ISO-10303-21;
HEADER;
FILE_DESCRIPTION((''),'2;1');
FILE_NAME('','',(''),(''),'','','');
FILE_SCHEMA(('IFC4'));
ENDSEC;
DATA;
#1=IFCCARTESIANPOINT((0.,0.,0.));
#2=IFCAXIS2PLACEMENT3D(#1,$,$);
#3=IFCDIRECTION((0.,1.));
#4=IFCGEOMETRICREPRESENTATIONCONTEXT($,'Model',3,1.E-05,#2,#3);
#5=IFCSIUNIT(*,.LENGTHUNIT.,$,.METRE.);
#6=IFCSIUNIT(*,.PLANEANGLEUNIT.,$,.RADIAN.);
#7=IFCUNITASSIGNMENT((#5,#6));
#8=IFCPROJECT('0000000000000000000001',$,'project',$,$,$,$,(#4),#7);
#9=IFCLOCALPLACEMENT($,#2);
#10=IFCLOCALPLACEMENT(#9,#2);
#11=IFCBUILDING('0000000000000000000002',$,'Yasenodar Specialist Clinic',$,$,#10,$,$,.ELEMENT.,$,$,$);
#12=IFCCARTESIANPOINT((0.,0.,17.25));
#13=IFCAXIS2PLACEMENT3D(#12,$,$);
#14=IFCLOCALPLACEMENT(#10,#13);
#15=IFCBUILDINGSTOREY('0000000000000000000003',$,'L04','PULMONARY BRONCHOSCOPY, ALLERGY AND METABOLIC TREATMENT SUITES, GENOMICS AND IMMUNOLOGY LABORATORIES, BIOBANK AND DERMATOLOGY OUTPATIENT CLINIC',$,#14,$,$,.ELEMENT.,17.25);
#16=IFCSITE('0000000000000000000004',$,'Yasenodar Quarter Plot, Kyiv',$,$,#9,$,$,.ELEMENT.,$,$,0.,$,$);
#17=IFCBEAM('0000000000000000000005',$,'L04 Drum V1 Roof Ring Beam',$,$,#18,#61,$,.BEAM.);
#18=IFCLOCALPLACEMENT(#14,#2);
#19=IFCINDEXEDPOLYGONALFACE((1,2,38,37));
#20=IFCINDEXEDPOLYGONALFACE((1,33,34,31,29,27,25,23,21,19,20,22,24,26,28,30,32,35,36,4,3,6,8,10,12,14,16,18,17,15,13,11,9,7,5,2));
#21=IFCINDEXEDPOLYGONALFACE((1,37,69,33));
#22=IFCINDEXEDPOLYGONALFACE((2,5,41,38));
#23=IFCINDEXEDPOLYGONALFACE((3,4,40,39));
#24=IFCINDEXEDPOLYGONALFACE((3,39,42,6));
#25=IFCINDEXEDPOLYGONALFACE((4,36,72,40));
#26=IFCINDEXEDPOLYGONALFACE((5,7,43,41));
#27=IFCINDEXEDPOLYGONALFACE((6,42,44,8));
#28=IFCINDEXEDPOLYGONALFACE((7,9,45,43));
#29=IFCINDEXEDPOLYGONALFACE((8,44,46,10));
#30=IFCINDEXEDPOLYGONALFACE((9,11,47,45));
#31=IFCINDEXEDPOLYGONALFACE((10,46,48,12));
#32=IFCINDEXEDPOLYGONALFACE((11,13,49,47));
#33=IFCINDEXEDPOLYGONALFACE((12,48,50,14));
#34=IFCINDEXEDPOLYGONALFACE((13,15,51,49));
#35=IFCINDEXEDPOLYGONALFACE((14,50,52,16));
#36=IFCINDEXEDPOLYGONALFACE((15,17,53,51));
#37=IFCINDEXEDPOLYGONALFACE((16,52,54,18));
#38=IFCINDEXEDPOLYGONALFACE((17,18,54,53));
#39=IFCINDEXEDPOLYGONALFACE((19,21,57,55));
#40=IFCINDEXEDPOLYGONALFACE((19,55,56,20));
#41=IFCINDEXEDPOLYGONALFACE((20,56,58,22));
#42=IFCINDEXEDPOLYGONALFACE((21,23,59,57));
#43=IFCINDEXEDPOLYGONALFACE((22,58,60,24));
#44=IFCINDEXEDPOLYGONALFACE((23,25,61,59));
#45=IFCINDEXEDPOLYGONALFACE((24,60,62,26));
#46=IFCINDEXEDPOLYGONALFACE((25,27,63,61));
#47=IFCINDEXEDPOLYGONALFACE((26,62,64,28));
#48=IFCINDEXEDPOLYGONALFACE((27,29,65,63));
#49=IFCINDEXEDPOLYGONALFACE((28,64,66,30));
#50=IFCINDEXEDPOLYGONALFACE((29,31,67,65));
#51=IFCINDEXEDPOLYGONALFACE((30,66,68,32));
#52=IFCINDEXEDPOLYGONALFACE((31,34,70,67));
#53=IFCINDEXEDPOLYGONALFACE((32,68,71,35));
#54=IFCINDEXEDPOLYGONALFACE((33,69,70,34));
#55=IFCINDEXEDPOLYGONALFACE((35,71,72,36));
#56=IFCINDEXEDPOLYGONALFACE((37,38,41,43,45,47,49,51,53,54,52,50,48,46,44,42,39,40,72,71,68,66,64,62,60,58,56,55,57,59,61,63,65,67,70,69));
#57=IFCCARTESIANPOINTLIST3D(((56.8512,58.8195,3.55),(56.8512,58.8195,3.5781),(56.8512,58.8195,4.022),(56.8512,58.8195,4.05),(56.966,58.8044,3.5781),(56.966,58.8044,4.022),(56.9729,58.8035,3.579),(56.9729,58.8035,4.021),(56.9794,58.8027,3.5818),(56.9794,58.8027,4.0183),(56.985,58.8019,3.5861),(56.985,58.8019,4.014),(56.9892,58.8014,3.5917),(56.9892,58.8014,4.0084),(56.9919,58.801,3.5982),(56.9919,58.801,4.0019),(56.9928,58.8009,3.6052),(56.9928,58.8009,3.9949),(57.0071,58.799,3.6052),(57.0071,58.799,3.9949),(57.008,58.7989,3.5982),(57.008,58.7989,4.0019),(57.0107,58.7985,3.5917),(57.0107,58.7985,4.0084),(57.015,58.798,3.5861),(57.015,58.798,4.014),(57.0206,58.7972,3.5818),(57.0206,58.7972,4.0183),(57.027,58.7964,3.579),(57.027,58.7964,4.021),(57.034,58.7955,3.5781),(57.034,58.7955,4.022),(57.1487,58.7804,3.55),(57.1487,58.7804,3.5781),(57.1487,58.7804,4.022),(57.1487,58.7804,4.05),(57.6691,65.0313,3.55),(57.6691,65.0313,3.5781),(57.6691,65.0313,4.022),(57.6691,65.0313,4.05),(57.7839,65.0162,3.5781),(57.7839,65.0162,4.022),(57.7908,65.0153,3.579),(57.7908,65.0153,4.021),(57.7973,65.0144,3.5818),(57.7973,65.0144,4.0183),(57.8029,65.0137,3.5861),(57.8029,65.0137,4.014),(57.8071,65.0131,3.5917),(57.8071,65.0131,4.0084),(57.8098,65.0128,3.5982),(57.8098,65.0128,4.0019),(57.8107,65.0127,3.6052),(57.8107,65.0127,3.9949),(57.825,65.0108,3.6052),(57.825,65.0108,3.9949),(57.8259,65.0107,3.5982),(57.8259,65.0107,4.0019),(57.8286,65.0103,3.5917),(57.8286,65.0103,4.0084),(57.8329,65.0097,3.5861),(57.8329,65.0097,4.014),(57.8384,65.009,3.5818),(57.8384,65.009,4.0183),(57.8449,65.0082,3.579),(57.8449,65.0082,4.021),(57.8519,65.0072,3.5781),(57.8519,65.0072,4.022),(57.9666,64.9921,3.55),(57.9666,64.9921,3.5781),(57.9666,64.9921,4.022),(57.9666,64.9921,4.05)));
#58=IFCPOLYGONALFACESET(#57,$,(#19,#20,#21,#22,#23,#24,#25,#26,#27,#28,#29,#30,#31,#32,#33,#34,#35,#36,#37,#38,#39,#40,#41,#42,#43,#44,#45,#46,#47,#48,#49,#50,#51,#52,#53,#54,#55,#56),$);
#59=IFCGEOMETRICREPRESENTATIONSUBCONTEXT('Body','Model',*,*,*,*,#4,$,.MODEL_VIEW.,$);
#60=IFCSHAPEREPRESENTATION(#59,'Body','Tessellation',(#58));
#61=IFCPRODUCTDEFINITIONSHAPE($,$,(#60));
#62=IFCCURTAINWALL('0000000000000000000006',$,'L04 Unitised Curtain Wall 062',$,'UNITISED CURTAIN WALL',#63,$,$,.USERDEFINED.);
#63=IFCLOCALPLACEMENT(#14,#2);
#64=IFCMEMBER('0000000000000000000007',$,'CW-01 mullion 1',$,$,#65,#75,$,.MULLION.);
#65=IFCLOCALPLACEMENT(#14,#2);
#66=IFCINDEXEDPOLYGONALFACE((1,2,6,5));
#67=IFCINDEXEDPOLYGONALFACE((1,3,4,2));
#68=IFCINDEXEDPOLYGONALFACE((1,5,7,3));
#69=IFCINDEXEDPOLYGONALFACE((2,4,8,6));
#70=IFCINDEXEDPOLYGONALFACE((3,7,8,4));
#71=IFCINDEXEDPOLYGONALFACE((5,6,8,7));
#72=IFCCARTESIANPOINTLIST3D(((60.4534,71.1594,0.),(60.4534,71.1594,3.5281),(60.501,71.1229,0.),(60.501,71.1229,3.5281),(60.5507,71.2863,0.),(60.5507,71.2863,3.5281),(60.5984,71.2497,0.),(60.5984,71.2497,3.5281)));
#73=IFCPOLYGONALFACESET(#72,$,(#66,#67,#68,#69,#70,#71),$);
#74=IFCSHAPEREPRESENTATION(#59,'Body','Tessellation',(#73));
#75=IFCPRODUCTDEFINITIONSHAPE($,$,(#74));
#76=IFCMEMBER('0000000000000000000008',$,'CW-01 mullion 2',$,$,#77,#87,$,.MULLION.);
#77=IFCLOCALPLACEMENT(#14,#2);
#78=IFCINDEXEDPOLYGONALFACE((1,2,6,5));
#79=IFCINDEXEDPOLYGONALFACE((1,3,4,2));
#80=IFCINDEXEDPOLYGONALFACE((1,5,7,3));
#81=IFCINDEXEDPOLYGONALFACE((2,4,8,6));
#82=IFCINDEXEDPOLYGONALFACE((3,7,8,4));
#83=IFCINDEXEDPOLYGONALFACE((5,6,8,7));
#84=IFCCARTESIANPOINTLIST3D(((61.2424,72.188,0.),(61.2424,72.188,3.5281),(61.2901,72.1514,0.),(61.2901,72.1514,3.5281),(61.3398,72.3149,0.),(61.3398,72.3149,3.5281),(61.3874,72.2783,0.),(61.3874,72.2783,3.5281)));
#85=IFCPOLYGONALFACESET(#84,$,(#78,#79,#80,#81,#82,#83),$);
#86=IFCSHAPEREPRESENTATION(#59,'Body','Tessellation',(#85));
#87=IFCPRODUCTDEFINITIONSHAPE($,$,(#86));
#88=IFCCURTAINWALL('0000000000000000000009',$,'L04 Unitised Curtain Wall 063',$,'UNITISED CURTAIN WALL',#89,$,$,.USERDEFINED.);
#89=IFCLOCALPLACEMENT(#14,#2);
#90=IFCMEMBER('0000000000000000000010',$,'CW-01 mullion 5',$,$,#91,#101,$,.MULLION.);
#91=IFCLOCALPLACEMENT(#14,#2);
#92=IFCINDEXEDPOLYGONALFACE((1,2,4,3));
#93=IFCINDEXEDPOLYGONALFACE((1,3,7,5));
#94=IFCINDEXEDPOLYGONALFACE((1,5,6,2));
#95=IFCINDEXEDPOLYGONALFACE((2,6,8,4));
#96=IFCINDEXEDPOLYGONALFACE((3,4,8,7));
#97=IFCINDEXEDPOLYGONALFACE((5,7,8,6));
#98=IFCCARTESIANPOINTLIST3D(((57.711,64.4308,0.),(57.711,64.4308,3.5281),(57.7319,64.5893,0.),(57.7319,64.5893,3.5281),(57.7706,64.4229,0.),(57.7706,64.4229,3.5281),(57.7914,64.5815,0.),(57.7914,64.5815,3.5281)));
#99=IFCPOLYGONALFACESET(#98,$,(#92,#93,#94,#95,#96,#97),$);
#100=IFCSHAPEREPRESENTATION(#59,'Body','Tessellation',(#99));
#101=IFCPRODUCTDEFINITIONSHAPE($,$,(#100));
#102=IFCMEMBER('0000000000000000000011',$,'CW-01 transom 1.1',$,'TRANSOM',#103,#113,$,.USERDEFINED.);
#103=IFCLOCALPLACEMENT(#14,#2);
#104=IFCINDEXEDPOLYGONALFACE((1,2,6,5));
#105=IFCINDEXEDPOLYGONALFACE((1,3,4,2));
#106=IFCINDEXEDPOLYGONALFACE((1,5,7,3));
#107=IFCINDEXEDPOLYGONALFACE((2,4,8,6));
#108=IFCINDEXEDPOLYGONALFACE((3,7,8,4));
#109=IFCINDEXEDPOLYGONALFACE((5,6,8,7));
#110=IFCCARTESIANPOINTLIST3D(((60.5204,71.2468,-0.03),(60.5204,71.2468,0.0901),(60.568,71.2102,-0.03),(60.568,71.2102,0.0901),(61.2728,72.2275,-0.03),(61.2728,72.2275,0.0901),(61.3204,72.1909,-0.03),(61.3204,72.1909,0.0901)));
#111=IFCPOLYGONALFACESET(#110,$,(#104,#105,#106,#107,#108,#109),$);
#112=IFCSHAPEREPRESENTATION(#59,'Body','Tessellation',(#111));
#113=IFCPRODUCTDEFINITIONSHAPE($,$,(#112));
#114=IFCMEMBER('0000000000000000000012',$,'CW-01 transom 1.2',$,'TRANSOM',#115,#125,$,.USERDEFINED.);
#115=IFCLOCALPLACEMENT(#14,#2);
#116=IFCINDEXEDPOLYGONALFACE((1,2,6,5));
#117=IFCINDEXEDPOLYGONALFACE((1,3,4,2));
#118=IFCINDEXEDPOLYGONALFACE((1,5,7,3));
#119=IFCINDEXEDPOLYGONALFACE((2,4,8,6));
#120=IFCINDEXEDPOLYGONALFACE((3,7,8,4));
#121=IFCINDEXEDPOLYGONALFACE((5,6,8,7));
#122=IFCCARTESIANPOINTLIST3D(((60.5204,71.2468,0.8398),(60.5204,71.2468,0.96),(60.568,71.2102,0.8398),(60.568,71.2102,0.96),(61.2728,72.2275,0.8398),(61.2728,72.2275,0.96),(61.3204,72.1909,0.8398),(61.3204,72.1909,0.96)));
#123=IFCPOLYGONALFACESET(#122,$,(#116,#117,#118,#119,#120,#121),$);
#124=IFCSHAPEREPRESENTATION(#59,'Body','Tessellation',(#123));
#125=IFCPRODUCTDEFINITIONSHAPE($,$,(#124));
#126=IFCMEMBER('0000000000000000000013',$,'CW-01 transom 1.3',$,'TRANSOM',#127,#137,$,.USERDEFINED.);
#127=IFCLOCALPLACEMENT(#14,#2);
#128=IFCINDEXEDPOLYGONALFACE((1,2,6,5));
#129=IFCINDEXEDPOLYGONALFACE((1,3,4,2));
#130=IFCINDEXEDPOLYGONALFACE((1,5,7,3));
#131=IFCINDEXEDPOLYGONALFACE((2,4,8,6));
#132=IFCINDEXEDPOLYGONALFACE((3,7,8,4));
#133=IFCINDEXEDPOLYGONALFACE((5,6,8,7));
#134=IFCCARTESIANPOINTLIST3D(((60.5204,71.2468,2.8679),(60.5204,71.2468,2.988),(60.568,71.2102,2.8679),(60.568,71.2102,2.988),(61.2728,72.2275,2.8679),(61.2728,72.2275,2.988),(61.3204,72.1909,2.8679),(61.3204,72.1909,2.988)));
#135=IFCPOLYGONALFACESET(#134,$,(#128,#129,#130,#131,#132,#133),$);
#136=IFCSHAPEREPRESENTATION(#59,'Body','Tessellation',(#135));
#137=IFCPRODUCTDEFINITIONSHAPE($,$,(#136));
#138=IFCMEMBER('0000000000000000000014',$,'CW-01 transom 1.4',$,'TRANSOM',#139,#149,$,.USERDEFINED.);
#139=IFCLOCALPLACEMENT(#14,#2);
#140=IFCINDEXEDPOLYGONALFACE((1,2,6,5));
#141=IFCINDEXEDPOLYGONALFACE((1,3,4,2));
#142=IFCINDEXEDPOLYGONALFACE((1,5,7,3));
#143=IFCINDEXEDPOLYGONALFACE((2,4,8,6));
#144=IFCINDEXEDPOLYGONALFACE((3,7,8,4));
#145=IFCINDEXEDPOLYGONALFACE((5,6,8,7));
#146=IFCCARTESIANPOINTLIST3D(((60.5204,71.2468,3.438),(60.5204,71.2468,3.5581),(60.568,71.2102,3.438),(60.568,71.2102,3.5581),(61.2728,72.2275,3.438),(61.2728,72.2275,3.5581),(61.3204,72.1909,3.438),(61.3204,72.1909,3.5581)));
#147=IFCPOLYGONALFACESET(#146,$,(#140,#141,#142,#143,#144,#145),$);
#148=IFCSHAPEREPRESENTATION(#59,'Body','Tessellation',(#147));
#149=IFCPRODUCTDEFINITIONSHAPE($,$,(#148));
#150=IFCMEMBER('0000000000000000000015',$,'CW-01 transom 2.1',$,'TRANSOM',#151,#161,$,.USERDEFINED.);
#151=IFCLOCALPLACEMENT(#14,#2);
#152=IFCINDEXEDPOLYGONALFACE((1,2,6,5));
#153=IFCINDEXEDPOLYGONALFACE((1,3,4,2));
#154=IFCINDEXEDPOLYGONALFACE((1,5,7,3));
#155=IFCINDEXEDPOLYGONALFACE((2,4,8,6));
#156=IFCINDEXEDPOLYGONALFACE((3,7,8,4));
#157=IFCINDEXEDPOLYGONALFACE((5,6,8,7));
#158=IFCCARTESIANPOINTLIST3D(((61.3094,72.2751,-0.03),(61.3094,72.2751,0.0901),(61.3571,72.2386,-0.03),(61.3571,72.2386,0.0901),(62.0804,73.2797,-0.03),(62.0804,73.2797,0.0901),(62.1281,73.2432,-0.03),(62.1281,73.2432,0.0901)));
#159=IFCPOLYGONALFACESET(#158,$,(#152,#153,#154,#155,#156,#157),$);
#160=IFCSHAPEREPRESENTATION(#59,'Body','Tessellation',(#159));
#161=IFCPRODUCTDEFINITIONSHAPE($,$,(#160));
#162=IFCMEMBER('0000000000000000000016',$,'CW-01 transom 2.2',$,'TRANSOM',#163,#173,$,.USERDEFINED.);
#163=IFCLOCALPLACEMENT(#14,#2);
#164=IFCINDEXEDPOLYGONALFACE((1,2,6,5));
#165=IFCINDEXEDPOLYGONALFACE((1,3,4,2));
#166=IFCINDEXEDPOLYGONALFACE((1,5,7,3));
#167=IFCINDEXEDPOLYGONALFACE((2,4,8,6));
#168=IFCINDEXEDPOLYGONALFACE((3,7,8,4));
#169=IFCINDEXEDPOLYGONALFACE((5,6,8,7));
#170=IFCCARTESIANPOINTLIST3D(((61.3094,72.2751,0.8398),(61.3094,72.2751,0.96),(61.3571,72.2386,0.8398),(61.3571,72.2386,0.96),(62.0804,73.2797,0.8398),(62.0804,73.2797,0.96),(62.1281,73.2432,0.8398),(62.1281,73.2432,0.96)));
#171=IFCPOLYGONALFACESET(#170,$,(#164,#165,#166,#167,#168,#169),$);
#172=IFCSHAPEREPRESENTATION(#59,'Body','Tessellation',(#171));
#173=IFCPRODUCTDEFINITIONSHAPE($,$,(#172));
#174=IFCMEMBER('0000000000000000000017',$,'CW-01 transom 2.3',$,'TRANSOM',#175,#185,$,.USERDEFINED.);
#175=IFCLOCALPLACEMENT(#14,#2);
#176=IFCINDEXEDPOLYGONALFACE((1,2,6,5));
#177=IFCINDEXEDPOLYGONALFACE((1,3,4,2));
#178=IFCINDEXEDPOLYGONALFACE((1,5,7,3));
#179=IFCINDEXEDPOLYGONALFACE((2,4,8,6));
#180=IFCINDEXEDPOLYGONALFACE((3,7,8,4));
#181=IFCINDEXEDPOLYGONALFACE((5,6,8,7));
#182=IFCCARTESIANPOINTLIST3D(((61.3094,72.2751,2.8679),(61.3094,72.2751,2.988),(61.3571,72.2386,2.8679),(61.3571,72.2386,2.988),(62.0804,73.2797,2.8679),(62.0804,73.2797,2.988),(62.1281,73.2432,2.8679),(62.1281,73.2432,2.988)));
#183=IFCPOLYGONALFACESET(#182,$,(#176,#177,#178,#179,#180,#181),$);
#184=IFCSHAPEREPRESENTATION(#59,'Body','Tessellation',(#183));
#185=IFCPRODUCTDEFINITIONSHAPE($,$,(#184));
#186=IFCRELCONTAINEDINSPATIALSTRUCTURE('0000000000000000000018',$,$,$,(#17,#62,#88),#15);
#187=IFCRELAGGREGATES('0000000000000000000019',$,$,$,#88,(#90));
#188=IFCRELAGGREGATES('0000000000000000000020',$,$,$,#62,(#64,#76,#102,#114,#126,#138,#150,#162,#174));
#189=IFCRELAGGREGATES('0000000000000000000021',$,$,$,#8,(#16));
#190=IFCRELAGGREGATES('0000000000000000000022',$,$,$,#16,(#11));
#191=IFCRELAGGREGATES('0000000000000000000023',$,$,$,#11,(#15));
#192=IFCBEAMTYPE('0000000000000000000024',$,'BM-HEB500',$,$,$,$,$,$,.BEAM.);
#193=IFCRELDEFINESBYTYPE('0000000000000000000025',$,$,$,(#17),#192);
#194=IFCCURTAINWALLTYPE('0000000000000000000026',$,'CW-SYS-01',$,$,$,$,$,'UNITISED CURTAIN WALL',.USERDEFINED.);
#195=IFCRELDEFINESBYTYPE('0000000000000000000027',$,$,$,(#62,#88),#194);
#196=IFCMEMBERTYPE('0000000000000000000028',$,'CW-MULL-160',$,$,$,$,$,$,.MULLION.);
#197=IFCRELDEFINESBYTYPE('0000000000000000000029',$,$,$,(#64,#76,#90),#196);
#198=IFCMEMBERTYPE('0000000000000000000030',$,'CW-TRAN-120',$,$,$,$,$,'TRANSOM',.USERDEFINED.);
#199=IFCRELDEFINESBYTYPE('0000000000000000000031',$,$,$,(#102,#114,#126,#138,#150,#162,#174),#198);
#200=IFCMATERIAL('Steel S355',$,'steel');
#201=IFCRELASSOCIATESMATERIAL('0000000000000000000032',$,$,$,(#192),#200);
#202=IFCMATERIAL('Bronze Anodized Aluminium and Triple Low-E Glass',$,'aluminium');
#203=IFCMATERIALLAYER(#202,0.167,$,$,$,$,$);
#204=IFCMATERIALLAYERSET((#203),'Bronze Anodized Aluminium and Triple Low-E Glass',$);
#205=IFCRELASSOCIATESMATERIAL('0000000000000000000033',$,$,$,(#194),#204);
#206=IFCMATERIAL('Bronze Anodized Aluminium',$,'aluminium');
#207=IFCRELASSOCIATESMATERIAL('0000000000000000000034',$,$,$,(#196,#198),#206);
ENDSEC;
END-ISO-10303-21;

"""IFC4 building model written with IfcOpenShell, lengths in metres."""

from ifc_helpers import new_model, si_unit, direction, frame, origin, origin_2d, place, context, subcontext, project, spatial, rectangle, i_section, extrude, material, layer, layer_set, material_profile, profile_set, type_object, element, aggregate, save


model = new_model("IFC4")

# Units and contexts
model_context = context("Model", 3, precision=1e-05, world=origin(), true_north=direction((0.0, 1.0)))
body_context = subcontext(model_context, "Body", "Model", "MODEL_VIEW")
ifc_project = project(units=[si_unit("LENGTHUNIT", "METRE"), si_unit("PLANEANGLEUNIT", "RADIAN")], contexts=[model_context])

# Site, building, storey
site_placement = place(None, origin())
site = spatial("IfcSite", under=ifc_project, at=site_placement, Name="Yasenodar Quarter Plot, Kyiv", CompositionType="ELEMENT", RefElevation=0.0)
building_placement = place(site_placement, origin())
building = spatial("IfcBuilding", under=site, at=building_placement, Name="Yasenodar Specialist Clinic", CompositionType="ELEMENT")
storey_placement = place(building_placement, frame((0.0, 0.0, 17.25)))
storey = spatial("IfcBuildingStorey", under=building, at=storey_placement, Name="L04", Description="PULMONARY BRONCHOSCOPY, ALLERGY AND METABOLIC TREATMENT SUITES, GENOMICS AND IMMUNOLOGY LABORATORIES, BIOBANK AND DERMATOLOGY OUTPATIENT CLINIC", CompositionType="ELEMENT", Elevation=17.25)

# Shared definitions
ifc_material_1 = material(Name="Steel S355", Category="steel")

# Beam
ifc_material_profile_1 = material_profile(ifc_material_1, i_section(OverallWidth=0.3, OverallDepth=0.5, WebThickness=0.0144, FlangeThickness=0.0281, FilletRadius=0.0271, at=origin_2d()), Name="HEB 500")
ifc_profile_set_1 = profile_set([ifc_material_profile_1], Name="Steel S355")
beam_type = type_object("IfcBeamType", Name="BM-HEB500", PredefinedType="BEAM", material=ifc_profile_set_1)
beam_1_placement = place(storey_placement, frame((57.8179, 65.0117, 3.8), z_axis=(-0.13054, -0.991443, 0.0), x_axis=(0.991443, -0.13054, 0.0)))
element("IfcBeam", 1, at=beam_1_placement, inside=storey, type_object=beam_type, Name="L04 Drum V1 Roof Ring Beam", PredefinedType="BEAM", context=body_context, shape_type="SweptSolid", body=[
    extrude(i_section(OverallWidth=0.3, OverallDepth=0.5, WebThickness=0.0144, FlangeThickness=0.0281, FilletRadius=0.0271, at=origin_2d()), origin(), (0.0, 0.0, 1.0), 6.2654),
])

# Curtain wall, members
ifc_material_2 = material(Name="Bronze Anodized Aluminium and Triple Low-E Glass", Category="aluminium")
ifc_layer_1 = layer(ifc_material_2, 0.167)
ifc_layer_set_1 = layer_set([ifc_layer_1], Name="Bronze Anodized Aluminium and Triple Low-E Glass")
curtain_wall_type = type_object("IfcCurtainWallType", Name="CW-SYS-01", ElementType="UNITISED CURTAIN WALL", PredefinedType="USERDEFINED", material=ifc_layer_set_1)
curtain_wall_1_placement = place(storey_placement, origin())
curtain_wall_1 = element("IfcCurtainWall", 2, at=curtain_wall_1_placement, inside=storey, type_object=curtain_wall_type, Name="L04 Unitised Curtain Wall 062", ObjectType="UNITISED CURTAIN WALL", PredefinedType="USERDEFINED")
ifc_material_3 = material(Name="Bronze Anodized Aluminium", Category="aluminium")
ifc_material_profile_2 = material_profile(ifc_material_3, rectangle(XDim=0.0601, YDim=0.1599, at=origin_2d()), Name="CW-MULL 60x160")
ifc_profile_set_2 = profile_set([ifc_material_profile_2], Name="Bronze Anodized Aluminium")
member_type_1 = type_object("IfcMemberType", Name="CW-MULL-160", PredefinedType="MULLION", material=ifc_profile_set_2)
member_1_placement = place(storey_placement, frame((60.5259, 71.2046, 0.0), z_axis=(0.0, 0.0, 1.0), x_axis=(-0.793361, 0.608752, 0.0)))
member_1 = element("IfcMember", 3, at=member_1_placement, type_object=member_type_1, Name="CW-01 mullion 1", PredefinedType="MULLION", context=body_context, shape_type="SweptSolid", body=[
    extrude(rectangle(XDim=0.0601, YDim=0.1599, at=origin_2d()), origin(), (0.0, 0.0, 1.0), 3.5281),
])
member_2_placement = place(storey_placement, frame((61.3149, 72.2332, 0.0), z_axis=(0.0, 0.0, 1.0), x_axis=(-0.793361, 0.608752, 0.0)))
member_2 = element("IfcMember", 4, at=member_2_placement, type_object=member_type_1, Name="CW-01 mullion 2", PredefinedType="MULLION", context=body_context, shape_type="SweptSolid", body=[
    extrude(rectangle(XDim=0.0601, YDim=0.1599, at=origin_2d()), origin(), (0.0, 0.0, 1.0), 3.5281),
])

# Curtain wall, member
curtain_wall_2_placement = place(storey_placement, origin())
curtain_wall_2 = element("IfcCurtainWall", 5, at=curtain_wall_2_placement, inside=storey, type_object=curtain_wall_type, Name="L04 Unitised Curtain Wall 063", ObjectType="UNITISED CURTAIN WALL", PredefinedType="USERDEFINED")
member_3_placement = place(storey_placement, frame((57.7512, 64.5061, 0.0), z_axis=(0.0, 0.0, 1.0), x_axis=(-0.991447, 0.130512, 0.0)))
member_3 = element("IfcMember", 6, at=member_3_placement, type_object=member_type_1, Name="CW-01 mullion 5", PredefinedType="MULLION", context=body_context, shape_type="SweptSolid", body=[
    extrude(rectangle(XDim=0.0601, YDim=0.1599, at=origin_2d()), origin(), (0.0, 0.0, 1.0), 3.5281),
])
aggregate(curtain_wall_2, [member_3])

# Members
ifc_material_profile_3 = material_profile(ifc_material_3, rectangle(XDim=0.0601, YDim=0.1201, at=origin_2d()), Name="CW-TRAN 60x120")
ifc_profile_set_3 = profile_set([ifc_material_profile_3], Name="Bronze Anodized Aluminium")
member_type_2 = type_object("IfcMemberType", Name="CW-TRAN-120", ElementType="TRANSOM", PredefinedType="USERDEFINED", material=ifc_profile_set_3)
member_4_placement = place(storey_placement, frame((60.5442, 71.2285, 0.03), z_axis=(0.608718, 0.793387, 0.0), x_axis=(-0.793387, 0.608718, 0.0)))
member_4 = element("IfcMember", 7, at=member_4_placement, type_object=member_type_2, Name="CW-01 transom 1.1", ObjectType="TRANSOM", PredefinedType="USERDEFINED", context=body_context, shape_type="SweptSolid", body=[
    extrude(rectangle(XDim=0.0601, YDim=0.1201, at=origin_2d()), origin(), (0.0, 0.0, 1.0), 1.2361),
])
member_5_placement = place(storey_placement, frame((60.5442, 71.2285, 0.8999), z_axis=(0.608718, 0.793387, 0.0), x_axis=(-0.793387, 0.608718, 0.0)))
member_5 = element("IfcMember", 8, at=member_5_placement, type_object=member_type_2, Name="CW-01 transom 1.2", ObjectType="TRANSOM", PredefinedType="USERDEFINED", context=body_context, shape_type="SweptSolid", body=[
    extrude(rectangle(XDim=0.0601, YDim=0.1201, at=origin_2d()), origin(), (0.0, 0.0, 1.0), 1.2361),
])
member_6_placement = place(storey_placement, frame((60.5442, 71.2285, 2.928), z_axis=(0.608718, 0.793387, 0.0), x_axis=(-0.793387, 0.608718, 0.0)))
member_6 = element("IfcMember", 9, at=member_6_placement, type_object=member_type_2, Name="CW-01 transom 1.3", ObjectType="TRANSOM", PredefinedType="USERDEFINED", context=body_context, shape_type="SweptSolid", body=[
    extrude(rectangle(XDim=0.0601, YDim=0.1201, at=origin_2d()), origin(), (0.0, 0.0, 1.0), 1.2361),
])
member_7_placement = place(storey_placement, frame((60.5442, 71.2285, 3.498), z_axis=(0.608718, 0.793387, 0.0), x_axis=(-0.793387, 0.608718, 0.0)))
member_7 = element("IfcMember", 10, at=member_7_placement, type_object=member_type_2, Name="CW-01 transom 1.4", ObjectType="TRANSOM", PredefinedType="USERDEFINED", context=body_context, shape_type="SweptSolid", body=[
    extrude(rectangle(XDim=0.0601, YDim=0.1201, at=origin_2d()), origin(), (0.0, 0.0, 1.0), 1.2361),
])
member_8_placement = place(storey_placement, frame((61.3333, 72.2568, 0.03), z_axis=(0.608816, 0.793311, 0.0), x_axis=(-0.793311, 0.608816, 0.0)))
member_8 = element("IfcMember", 11, at=member_8_placement, type_object=member_type_2, Name="CW-01 transom 2.1", ObjectType="TRANSOM", PredefinedType="USERDEFINED", context=body_context, shape_type="SweptSolid", body=[
    extrude(rectangle(XDim=0.0601, YDim=0.1201, at=origin_2d()), origin(), (0.0, 0.0, 1.0), 1.2664),
])
member_9_placement = place(storey_placement, frame((61.3333, 72.2568, 0.8999), z_axis=(0.608816, 0.793311, 0.0), x_axis=(-0.793311, 0.608816, 0.0)))
member_9 = element("IfcMember", 12, at=member_9_placement, type_object=member_type_2, Name="CW-01 transom 2.2", ObjectType="TRANSOM", PredefinedType="USERDEFINED", context=body_context, shape_type="SweptSolid", body=[
    extrude(rectangle(XDim=0.0601, YDim=0.1201, at=origin_2d()), origin(), (0.0, 0.0, 1.0), 1.2664),
])
member_10_placement = place(storey_placement, frame((61.3333, 72.2568, 2.928), z_axis=(0.608816, 0.793311, 0.0), x_axis=(-0.793311, 0.608816, 0.0)))
member_10 = element("IfcMember", 13, at=member_10_placement, type_object=member_type_2, Name="CW-01 transom 2.3", ObjectType="TRANSOM", PredefinedType="USERDEFINED", context=body_context, shape_type="SweptSolid", body=[
    extrude(rectangle(XDim=0.0601, YDim=0.1201, at=origin_2d()), origin(), (0.0, 0.0, 1.0), 1.2664),
])

aggregate(curtain_wall_1, [member_1, member_2, member_4, member_5, member_6, member_7, member_8, member_9, member_10])

save(model, "model.ifc")
